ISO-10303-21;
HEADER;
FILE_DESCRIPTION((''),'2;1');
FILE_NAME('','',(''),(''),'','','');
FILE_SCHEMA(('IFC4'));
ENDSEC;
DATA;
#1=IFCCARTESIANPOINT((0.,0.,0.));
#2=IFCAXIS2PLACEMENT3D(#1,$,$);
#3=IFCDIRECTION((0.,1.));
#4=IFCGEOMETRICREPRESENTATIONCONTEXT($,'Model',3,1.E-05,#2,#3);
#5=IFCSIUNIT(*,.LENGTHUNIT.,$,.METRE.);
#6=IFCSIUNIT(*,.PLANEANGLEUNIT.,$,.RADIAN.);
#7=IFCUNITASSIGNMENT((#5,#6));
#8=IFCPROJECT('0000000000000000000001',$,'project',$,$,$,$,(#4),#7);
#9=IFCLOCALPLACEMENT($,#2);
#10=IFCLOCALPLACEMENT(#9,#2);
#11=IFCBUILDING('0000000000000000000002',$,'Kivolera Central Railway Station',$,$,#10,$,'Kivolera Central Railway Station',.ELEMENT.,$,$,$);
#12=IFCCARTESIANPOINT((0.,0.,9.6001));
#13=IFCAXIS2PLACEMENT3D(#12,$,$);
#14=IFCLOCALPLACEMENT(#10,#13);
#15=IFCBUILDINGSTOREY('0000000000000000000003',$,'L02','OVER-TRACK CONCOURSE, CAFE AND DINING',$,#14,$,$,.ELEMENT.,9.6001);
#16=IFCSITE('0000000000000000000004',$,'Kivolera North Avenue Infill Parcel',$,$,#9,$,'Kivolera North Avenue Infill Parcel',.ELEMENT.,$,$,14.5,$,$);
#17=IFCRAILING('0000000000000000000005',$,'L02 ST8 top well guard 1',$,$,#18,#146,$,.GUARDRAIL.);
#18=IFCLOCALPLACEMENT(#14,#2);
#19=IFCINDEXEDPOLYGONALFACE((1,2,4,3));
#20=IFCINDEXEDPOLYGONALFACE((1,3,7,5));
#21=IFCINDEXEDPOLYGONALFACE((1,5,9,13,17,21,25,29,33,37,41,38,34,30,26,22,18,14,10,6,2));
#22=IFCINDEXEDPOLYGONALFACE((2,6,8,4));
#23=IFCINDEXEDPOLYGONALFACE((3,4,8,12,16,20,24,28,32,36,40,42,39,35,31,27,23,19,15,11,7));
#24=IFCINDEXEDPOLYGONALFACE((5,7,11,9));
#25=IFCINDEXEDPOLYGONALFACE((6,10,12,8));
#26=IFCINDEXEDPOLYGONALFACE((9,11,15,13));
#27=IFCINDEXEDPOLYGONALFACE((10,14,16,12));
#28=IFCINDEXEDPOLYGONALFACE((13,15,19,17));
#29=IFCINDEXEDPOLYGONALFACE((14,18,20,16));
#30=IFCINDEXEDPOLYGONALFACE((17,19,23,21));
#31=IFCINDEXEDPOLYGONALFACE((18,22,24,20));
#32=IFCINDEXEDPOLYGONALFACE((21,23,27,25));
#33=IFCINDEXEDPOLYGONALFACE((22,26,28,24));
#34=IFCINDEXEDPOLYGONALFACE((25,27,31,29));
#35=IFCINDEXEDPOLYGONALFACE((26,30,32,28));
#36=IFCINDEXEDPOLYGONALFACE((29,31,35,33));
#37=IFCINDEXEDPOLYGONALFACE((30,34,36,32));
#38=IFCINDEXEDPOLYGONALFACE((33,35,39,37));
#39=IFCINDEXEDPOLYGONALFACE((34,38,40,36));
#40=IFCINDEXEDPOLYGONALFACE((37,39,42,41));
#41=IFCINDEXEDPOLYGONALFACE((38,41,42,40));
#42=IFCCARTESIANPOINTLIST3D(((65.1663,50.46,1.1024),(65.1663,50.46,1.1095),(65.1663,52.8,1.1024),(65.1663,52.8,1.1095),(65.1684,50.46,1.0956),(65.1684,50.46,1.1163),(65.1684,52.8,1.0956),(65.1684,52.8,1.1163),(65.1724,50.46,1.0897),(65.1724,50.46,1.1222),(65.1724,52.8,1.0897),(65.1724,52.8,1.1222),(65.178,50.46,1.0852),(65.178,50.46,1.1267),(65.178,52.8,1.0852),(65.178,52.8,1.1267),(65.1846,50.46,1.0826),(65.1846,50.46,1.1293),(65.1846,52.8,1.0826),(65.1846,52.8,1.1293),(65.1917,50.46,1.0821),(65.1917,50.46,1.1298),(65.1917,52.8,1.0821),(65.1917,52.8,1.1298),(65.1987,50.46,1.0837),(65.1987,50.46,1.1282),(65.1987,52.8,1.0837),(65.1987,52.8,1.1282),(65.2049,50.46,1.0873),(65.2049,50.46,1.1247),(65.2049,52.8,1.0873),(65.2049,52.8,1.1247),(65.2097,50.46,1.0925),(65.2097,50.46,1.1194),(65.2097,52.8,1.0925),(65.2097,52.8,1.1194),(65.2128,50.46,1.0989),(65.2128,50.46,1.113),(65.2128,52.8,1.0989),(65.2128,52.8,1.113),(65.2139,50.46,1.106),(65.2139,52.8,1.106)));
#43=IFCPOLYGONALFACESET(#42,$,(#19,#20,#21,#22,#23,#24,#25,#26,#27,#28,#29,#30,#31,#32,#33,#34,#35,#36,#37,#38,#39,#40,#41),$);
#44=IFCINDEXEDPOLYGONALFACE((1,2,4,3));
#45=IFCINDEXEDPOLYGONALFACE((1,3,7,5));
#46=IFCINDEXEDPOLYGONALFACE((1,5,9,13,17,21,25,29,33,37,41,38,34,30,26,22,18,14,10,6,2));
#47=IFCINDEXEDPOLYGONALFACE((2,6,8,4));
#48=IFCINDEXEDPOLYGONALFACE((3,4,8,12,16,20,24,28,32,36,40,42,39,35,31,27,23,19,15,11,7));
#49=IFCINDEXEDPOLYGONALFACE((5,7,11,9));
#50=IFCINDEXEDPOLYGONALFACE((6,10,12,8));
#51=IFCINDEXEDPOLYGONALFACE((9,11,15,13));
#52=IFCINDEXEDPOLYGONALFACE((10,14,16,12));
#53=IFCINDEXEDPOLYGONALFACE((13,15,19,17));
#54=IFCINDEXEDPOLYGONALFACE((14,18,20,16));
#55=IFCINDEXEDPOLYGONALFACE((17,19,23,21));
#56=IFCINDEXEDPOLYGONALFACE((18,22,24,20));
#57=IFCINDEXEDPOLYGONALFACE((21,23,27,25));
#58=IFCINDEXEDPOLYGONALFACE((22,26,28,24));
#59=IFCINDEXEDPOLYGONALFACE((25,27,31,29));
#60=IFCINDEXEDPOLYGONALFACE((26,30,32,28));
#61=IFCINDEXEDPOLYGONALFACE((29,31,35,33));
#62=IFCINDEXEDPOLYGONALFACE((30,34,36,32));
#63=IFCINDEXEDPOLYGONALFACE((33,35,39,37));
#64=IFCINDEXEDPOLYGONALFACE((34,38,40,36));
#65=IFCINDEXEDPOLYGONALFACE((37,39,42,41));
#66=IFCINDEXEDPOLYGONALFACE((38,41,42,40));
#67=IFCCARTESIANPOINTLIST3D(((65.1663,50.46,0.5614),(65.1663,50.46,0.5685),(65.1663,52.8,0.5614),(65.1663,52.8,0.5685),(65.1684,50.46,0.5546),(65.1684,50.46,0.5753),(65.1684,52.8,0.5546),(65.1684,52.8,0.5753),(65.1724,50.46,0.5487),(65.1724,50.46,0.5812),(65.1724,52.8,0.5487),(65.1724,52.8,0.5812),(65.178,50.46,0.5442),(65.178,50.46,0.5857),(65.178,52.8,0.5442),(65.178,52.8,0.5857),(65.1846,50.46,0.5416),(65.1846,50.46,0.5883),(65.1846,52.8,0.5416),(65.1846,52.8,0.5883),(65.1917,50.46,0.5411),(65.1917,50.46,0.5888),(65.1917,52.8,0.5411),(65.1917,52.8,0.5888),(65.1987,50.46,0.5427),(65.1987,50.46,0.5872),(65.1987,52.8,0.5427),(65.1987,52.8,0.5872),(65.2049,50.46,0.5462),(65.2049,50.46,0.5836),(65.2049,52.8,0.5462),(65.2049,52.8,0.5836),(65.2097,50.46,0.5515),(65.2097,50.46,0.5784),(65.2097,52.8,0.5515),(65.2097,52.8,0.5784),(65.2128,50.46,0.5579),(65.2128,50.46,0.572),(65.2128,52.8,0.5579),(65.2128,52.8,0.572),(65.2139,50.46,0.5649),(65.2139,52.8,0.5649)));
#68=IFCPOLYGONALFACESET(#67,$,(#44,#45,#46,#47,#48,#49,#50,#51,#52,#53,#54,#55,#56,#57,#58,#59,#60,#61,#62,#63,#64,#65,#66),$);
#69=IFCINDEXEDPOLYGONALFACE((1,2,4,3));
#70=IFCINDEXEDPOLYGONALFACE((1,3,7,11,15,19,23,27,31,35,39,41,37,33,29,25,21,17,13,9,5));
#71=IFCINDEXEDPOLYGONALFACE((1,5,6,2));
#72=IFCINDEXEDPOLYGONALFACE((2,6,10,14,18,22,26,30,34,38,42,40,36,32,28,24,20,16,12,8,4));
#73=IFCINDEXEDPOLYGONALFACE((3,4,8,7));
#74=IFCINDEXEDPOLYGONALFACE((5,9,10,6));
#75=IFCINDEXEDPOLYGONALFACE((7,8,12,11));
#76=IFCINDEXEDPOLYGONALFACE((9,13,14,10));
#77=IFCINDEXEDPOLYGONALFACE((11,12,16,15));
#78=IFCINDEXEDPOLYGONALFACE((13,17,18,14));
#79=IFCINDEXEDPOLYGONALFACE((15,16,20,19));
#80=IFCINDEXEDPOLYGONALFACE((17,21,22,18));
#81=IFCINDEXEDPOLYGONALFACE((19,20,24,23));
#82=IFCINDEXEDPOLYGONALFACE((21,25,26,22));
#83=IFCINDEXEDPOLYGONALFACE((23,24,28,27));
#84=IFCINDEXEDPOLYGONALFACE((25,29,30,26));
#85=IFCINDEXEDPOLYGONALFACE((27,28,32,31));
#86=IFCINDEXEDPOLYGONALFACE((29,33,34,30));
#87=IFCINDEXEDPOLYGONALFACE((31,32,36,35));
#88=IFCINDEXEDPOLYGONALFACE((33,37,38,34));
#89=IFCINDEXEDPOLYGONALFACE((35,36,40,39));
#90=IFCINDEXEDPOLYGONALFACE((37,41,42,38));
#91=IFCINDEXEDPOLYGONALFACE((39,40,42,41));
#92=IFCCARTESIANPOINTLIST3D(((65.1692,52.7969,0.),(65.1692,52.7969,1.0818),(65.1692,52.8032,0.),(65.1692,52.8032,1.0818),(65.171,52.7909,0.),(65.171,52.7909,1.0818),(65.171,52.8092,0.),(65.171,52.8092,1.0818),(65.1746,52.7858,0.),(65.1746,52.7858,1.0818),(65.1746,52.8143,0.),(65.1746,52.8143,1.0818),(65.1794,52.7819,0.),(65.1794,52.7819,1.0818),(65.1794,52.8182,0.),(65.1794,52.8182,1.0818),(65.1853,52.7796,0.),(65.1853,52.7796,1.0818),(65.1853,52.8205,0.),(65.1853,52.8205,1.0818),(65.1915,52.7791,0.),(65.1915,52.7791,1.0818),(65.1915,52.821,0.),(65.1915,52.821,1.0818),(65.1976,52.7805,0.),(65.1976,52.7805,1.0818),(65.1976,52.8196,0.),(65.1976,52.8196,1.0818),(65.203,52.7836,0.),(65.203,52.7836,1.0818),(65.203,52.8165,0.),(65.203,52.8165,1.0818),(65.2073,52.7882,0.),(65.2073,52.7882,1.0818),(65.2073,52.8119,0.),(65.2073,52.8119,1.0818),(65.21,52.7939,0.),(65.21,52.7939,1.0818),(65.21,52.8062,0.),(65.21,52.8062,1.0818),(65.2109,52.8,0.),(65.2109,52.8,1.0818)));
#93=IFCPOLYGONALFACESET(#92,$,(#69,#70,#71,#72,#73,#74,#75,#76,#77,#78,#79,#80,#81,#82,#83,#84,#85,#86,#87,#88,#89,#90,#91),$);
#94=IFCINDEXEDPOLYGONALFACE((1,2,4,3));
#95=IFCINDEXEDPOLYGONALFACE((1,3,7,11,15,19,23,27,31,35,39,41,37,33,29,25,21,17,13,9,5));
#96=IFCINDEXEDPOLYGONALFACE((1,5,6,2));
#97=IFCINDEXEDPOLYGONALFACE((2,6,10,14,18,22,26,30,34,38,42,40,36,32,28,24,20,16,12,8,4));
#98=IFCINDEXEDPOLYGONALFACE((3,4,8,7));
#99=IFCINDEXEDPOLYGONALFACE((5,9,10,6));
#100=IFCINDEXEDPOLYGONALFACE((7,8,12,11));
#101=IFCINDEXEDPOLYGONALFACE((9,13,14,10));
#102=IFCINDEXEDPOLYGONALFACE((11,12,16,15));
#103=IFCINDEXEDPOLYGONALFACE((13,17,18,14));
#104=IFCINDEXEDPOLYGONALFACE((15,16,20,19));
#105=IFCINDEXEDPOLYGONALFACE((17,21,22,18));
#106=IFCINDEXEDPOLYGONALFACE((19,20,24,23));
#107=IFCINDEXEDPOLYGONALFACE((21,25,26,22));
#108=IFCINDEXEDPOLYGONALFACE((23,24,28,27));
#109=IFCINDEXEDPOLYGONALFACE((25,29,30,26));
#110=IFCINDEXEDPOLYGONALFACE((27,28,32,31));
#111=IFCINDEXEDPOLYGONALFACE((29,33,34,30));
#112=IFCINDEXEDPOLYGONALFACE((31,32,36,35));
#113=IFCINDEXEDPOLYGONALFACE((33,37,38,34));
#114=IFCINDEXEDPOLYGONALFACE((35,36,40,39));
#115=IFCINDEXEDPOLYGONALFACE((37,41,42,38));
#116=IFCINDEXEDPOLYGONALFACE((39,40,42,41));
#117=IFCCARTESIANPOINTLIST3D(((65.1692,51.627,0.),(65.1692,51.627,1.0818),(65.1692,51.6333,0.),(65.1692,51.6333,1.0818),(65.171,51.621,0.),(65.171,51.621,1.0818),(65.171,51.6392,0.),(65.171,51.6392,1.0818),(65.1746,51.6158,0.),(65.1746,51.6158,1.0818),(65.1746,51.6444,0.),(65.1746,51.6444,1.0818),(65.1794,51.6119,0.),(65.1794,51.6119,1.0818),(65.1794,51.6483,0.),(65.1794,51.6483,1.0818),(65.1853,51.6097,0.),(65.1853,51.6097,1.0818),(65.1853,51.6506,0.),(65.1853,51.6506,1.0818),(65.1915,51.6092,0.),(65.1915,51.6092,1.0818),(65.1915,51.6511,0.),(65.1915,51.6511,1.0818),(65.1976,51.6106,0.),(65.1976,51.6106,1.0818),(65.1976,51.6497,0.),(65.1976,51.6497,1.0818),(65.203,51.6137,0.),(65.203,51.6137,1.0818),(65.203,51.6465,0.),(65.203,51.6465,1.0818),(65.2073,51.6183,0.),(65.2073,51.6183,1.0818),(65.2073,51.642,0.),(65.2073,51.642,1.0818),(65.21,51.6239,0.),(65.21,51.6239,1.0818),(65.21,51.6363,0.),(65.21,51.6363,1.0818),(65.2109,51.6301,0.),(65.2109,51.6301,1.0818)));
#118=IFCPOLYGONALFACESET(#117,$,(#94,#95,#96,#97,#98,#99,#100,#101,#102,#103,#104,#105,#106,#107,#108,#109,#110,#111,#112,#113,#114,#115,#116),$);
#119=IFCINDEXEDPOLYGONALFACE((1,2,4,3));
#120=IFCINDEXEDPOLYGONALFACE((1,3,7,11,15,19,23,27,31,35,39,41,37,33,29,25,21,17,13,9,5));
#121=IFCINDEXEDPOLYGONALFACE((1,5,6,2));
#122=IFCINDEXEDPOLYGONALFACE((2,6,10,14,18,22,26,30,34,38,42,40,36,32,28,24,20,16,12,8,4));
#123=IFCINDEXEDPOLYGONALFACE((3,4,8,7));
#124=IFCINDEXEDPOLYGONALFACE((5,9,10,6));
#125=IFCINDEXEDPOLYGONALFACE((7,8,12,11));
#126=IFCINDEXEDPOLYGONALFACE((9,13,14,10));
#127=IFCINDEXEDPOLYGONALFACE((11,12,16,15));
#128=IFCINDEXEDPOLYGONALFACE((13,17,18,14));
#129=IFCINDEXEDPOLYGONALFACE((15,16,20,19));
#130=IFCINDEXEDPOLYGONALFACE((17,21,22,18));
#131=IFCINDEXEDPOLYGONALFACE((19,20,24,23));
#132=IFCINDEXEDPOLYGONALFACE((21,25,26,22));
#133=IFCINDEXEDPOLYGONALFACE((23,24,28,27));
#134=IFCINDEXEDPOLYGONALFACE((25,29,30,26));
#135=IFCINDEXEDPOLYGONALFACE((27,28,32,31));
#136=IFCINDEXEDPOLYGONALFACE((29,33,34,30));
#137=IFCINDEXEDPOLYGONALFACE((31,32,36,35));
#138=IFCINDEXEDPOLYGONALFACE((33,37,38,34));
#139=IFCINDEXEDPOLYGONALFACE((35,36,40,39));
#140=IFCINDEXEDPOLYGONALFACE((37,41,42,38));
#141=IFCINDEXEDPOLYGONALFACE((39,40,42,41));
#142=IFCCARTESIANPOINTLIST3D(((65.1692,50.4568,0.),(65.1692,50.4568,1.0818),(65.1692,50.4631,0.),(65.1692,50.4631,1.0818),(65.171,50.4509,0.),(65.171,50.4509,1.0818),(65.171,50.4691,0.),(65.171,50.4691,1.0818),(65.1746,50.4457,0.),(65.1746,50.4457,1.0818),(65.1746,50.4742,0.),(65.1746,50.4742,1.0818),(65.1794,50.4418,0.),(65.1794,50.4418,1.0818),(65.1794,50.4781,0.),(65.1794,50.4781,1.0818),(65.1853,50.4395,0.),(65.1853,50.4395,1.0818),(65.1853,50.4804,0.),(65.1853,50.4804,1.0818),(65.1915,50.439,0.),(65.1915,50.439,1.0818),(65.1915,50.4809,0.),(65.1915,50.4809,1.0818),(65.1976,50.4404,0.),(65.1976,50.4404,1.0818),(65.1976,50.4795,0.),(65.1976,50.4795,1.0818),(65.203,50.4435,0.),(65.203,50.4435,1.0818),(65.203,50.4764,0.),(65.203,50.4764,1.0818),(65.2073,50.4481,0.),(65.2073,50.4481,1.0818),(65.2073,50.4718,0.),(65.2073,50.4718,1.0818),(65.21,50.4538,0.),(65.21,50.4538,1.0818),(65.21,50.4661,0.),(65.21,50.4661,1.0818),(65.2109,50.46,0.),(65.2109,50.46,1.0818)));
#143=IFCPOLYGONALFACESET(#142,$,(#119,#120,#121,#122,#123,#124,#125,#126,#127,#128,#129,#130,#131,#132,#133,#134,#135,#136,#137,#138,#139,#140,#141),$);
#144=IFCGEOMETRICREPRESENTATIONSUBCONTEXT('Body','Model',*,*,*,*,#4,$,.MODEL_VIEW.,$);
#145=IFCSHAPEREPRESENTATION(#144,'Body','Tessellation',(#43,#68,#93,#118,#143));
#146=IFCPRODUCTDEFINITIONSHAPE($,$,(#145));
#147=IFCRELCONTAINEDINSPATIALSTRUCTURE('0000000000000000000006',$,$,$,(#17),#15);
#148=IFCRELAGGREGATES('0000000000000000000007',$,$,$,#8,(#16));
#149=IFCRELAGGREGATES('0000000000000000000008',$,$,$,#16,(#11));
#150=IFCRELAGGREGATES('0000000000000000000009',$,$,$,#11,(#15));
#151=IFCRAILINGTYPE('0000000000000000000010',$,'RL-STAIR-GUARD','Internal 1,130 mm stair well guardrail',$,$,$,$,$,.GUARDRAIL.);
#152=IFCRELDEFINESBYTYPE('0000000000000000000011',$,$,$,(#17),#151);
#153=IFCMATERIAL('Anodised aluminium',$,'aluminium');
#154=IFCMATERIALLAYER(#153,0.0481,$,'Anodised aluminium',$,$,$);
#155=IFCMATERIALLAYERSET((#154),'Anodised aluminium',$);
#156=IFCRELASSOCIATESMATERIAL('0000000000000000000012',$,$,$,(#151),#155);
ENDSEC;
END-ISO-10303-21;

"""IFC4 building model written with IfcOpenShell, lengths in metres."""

from ifc_helpers import new_model, si_unit, direction, frame, origin, origin_2d, place, context, subcontext, project, spatial, circle, extrude, material, layer, layer_set, type_object, element, save


model = new_model("IFC4")

# Units and contexts
model_context = context("Model", 3, precision=1e-05, world=origin(), true_north=direction((0.0, 1.0)))
body_context = subcontext(model_context, "Body", "Model", "MODEL_VIEW")
ifc_project = project(units=[si_unit("LENGTHUNIT", "METRE"), si_unit("PLANEANGLEUNIT", "RADIAN")], contexts=[model_context])

# Site, building, storey
site_placement = place(None, origin())
site = spatial("IfcSite", under=ifc_project, at=site_placement, Name="Kivolera North Avenue Infill Parcel", LongName="Kivolera North Avenue Infill Parcel", CompositionType="ELEMENT", RefElevation=14.5)
building_placement = place(site_placement, origin())
building = spatial("IfcBuilding", under=site, at=building_placement, Name="Kivolera Central Railway Station", LongName="Kivolera Central Railway Station", CompositionType="ELEMENT")
storey_placement = place(building_placement, frame((0.0, 0.0, 9.6001)))
storey = spatial("IfcBuildingStorey", under=building, at=storey_placement, Name="L02", Description="OVER-TRACK CONCOURSE, CAFE AND DINING", CompositionType="ELEMENT", Elevation=9.6001)

# Shared definitions
ifc_material_1 = material(Name="Anodised aluminium", Category="aluminium")

# Railing
ifc_layer_1 = layer(ifc_material_1, 0.0481, Name="Anodised aluminium")
ifc_layer_set_1 = layer_set([ifc_layer_1], Name="Anodised aluminium")
railing_type = type_object("IfcRailingType", Name="RL-STAIR-GUARD", Description="Internal 1,130 mm stair well guardrail", PredefinedType="GUARDRAIL", material=ifc_layer_set_1)
railing_placement = place(storey_placement, frame((65.1899, 52.8, 0.0)))
element("IfcRailing", 1, at=railing_placement, inside=storey, type_object=railing_type, Name="L02 ST8 top well guard 1", PredefinedType="GUARDRAIL", context=body_context, shape_type="SweptSolid", body=[
    extrude(circle(Radius=0.0239, at=origin_2d()), frame((0.0, 0.0, 1.106), z_axis=(0.0, -1.0, 0.0), x_axis=(1.0, 0.0, 0.0)), (0.0, 0.0, 1.0), 2.3401),
    extrude(circle(Radius=0.0239, at=origin_2d()), frame((0.0, 0.0, 0.5649), z_axis=(0.0, -1.0, 0.0), x_axis=(1.0, 0.0, 0.0)), (0.0, 0.0, 1.0), 2.3401),
    extrude(circle(Radius=0.021, at=origin_2d()), origin(), (0.0, 0.0, 1.0), 1.0818),
    extrude(circle(Radius=0.021, at=origin_2d()), frame((0.0, -1.1699, 0.0)), (0.0, 0.0, 1.0), 1.0818),
    extrude(circle(Radius=0.021, at=origin_2d()), frame((0.0, -2.3401, 0.0)), (0.0, 0.0, 1.0), 1.0818),
])

save(model, "model.ifc")
